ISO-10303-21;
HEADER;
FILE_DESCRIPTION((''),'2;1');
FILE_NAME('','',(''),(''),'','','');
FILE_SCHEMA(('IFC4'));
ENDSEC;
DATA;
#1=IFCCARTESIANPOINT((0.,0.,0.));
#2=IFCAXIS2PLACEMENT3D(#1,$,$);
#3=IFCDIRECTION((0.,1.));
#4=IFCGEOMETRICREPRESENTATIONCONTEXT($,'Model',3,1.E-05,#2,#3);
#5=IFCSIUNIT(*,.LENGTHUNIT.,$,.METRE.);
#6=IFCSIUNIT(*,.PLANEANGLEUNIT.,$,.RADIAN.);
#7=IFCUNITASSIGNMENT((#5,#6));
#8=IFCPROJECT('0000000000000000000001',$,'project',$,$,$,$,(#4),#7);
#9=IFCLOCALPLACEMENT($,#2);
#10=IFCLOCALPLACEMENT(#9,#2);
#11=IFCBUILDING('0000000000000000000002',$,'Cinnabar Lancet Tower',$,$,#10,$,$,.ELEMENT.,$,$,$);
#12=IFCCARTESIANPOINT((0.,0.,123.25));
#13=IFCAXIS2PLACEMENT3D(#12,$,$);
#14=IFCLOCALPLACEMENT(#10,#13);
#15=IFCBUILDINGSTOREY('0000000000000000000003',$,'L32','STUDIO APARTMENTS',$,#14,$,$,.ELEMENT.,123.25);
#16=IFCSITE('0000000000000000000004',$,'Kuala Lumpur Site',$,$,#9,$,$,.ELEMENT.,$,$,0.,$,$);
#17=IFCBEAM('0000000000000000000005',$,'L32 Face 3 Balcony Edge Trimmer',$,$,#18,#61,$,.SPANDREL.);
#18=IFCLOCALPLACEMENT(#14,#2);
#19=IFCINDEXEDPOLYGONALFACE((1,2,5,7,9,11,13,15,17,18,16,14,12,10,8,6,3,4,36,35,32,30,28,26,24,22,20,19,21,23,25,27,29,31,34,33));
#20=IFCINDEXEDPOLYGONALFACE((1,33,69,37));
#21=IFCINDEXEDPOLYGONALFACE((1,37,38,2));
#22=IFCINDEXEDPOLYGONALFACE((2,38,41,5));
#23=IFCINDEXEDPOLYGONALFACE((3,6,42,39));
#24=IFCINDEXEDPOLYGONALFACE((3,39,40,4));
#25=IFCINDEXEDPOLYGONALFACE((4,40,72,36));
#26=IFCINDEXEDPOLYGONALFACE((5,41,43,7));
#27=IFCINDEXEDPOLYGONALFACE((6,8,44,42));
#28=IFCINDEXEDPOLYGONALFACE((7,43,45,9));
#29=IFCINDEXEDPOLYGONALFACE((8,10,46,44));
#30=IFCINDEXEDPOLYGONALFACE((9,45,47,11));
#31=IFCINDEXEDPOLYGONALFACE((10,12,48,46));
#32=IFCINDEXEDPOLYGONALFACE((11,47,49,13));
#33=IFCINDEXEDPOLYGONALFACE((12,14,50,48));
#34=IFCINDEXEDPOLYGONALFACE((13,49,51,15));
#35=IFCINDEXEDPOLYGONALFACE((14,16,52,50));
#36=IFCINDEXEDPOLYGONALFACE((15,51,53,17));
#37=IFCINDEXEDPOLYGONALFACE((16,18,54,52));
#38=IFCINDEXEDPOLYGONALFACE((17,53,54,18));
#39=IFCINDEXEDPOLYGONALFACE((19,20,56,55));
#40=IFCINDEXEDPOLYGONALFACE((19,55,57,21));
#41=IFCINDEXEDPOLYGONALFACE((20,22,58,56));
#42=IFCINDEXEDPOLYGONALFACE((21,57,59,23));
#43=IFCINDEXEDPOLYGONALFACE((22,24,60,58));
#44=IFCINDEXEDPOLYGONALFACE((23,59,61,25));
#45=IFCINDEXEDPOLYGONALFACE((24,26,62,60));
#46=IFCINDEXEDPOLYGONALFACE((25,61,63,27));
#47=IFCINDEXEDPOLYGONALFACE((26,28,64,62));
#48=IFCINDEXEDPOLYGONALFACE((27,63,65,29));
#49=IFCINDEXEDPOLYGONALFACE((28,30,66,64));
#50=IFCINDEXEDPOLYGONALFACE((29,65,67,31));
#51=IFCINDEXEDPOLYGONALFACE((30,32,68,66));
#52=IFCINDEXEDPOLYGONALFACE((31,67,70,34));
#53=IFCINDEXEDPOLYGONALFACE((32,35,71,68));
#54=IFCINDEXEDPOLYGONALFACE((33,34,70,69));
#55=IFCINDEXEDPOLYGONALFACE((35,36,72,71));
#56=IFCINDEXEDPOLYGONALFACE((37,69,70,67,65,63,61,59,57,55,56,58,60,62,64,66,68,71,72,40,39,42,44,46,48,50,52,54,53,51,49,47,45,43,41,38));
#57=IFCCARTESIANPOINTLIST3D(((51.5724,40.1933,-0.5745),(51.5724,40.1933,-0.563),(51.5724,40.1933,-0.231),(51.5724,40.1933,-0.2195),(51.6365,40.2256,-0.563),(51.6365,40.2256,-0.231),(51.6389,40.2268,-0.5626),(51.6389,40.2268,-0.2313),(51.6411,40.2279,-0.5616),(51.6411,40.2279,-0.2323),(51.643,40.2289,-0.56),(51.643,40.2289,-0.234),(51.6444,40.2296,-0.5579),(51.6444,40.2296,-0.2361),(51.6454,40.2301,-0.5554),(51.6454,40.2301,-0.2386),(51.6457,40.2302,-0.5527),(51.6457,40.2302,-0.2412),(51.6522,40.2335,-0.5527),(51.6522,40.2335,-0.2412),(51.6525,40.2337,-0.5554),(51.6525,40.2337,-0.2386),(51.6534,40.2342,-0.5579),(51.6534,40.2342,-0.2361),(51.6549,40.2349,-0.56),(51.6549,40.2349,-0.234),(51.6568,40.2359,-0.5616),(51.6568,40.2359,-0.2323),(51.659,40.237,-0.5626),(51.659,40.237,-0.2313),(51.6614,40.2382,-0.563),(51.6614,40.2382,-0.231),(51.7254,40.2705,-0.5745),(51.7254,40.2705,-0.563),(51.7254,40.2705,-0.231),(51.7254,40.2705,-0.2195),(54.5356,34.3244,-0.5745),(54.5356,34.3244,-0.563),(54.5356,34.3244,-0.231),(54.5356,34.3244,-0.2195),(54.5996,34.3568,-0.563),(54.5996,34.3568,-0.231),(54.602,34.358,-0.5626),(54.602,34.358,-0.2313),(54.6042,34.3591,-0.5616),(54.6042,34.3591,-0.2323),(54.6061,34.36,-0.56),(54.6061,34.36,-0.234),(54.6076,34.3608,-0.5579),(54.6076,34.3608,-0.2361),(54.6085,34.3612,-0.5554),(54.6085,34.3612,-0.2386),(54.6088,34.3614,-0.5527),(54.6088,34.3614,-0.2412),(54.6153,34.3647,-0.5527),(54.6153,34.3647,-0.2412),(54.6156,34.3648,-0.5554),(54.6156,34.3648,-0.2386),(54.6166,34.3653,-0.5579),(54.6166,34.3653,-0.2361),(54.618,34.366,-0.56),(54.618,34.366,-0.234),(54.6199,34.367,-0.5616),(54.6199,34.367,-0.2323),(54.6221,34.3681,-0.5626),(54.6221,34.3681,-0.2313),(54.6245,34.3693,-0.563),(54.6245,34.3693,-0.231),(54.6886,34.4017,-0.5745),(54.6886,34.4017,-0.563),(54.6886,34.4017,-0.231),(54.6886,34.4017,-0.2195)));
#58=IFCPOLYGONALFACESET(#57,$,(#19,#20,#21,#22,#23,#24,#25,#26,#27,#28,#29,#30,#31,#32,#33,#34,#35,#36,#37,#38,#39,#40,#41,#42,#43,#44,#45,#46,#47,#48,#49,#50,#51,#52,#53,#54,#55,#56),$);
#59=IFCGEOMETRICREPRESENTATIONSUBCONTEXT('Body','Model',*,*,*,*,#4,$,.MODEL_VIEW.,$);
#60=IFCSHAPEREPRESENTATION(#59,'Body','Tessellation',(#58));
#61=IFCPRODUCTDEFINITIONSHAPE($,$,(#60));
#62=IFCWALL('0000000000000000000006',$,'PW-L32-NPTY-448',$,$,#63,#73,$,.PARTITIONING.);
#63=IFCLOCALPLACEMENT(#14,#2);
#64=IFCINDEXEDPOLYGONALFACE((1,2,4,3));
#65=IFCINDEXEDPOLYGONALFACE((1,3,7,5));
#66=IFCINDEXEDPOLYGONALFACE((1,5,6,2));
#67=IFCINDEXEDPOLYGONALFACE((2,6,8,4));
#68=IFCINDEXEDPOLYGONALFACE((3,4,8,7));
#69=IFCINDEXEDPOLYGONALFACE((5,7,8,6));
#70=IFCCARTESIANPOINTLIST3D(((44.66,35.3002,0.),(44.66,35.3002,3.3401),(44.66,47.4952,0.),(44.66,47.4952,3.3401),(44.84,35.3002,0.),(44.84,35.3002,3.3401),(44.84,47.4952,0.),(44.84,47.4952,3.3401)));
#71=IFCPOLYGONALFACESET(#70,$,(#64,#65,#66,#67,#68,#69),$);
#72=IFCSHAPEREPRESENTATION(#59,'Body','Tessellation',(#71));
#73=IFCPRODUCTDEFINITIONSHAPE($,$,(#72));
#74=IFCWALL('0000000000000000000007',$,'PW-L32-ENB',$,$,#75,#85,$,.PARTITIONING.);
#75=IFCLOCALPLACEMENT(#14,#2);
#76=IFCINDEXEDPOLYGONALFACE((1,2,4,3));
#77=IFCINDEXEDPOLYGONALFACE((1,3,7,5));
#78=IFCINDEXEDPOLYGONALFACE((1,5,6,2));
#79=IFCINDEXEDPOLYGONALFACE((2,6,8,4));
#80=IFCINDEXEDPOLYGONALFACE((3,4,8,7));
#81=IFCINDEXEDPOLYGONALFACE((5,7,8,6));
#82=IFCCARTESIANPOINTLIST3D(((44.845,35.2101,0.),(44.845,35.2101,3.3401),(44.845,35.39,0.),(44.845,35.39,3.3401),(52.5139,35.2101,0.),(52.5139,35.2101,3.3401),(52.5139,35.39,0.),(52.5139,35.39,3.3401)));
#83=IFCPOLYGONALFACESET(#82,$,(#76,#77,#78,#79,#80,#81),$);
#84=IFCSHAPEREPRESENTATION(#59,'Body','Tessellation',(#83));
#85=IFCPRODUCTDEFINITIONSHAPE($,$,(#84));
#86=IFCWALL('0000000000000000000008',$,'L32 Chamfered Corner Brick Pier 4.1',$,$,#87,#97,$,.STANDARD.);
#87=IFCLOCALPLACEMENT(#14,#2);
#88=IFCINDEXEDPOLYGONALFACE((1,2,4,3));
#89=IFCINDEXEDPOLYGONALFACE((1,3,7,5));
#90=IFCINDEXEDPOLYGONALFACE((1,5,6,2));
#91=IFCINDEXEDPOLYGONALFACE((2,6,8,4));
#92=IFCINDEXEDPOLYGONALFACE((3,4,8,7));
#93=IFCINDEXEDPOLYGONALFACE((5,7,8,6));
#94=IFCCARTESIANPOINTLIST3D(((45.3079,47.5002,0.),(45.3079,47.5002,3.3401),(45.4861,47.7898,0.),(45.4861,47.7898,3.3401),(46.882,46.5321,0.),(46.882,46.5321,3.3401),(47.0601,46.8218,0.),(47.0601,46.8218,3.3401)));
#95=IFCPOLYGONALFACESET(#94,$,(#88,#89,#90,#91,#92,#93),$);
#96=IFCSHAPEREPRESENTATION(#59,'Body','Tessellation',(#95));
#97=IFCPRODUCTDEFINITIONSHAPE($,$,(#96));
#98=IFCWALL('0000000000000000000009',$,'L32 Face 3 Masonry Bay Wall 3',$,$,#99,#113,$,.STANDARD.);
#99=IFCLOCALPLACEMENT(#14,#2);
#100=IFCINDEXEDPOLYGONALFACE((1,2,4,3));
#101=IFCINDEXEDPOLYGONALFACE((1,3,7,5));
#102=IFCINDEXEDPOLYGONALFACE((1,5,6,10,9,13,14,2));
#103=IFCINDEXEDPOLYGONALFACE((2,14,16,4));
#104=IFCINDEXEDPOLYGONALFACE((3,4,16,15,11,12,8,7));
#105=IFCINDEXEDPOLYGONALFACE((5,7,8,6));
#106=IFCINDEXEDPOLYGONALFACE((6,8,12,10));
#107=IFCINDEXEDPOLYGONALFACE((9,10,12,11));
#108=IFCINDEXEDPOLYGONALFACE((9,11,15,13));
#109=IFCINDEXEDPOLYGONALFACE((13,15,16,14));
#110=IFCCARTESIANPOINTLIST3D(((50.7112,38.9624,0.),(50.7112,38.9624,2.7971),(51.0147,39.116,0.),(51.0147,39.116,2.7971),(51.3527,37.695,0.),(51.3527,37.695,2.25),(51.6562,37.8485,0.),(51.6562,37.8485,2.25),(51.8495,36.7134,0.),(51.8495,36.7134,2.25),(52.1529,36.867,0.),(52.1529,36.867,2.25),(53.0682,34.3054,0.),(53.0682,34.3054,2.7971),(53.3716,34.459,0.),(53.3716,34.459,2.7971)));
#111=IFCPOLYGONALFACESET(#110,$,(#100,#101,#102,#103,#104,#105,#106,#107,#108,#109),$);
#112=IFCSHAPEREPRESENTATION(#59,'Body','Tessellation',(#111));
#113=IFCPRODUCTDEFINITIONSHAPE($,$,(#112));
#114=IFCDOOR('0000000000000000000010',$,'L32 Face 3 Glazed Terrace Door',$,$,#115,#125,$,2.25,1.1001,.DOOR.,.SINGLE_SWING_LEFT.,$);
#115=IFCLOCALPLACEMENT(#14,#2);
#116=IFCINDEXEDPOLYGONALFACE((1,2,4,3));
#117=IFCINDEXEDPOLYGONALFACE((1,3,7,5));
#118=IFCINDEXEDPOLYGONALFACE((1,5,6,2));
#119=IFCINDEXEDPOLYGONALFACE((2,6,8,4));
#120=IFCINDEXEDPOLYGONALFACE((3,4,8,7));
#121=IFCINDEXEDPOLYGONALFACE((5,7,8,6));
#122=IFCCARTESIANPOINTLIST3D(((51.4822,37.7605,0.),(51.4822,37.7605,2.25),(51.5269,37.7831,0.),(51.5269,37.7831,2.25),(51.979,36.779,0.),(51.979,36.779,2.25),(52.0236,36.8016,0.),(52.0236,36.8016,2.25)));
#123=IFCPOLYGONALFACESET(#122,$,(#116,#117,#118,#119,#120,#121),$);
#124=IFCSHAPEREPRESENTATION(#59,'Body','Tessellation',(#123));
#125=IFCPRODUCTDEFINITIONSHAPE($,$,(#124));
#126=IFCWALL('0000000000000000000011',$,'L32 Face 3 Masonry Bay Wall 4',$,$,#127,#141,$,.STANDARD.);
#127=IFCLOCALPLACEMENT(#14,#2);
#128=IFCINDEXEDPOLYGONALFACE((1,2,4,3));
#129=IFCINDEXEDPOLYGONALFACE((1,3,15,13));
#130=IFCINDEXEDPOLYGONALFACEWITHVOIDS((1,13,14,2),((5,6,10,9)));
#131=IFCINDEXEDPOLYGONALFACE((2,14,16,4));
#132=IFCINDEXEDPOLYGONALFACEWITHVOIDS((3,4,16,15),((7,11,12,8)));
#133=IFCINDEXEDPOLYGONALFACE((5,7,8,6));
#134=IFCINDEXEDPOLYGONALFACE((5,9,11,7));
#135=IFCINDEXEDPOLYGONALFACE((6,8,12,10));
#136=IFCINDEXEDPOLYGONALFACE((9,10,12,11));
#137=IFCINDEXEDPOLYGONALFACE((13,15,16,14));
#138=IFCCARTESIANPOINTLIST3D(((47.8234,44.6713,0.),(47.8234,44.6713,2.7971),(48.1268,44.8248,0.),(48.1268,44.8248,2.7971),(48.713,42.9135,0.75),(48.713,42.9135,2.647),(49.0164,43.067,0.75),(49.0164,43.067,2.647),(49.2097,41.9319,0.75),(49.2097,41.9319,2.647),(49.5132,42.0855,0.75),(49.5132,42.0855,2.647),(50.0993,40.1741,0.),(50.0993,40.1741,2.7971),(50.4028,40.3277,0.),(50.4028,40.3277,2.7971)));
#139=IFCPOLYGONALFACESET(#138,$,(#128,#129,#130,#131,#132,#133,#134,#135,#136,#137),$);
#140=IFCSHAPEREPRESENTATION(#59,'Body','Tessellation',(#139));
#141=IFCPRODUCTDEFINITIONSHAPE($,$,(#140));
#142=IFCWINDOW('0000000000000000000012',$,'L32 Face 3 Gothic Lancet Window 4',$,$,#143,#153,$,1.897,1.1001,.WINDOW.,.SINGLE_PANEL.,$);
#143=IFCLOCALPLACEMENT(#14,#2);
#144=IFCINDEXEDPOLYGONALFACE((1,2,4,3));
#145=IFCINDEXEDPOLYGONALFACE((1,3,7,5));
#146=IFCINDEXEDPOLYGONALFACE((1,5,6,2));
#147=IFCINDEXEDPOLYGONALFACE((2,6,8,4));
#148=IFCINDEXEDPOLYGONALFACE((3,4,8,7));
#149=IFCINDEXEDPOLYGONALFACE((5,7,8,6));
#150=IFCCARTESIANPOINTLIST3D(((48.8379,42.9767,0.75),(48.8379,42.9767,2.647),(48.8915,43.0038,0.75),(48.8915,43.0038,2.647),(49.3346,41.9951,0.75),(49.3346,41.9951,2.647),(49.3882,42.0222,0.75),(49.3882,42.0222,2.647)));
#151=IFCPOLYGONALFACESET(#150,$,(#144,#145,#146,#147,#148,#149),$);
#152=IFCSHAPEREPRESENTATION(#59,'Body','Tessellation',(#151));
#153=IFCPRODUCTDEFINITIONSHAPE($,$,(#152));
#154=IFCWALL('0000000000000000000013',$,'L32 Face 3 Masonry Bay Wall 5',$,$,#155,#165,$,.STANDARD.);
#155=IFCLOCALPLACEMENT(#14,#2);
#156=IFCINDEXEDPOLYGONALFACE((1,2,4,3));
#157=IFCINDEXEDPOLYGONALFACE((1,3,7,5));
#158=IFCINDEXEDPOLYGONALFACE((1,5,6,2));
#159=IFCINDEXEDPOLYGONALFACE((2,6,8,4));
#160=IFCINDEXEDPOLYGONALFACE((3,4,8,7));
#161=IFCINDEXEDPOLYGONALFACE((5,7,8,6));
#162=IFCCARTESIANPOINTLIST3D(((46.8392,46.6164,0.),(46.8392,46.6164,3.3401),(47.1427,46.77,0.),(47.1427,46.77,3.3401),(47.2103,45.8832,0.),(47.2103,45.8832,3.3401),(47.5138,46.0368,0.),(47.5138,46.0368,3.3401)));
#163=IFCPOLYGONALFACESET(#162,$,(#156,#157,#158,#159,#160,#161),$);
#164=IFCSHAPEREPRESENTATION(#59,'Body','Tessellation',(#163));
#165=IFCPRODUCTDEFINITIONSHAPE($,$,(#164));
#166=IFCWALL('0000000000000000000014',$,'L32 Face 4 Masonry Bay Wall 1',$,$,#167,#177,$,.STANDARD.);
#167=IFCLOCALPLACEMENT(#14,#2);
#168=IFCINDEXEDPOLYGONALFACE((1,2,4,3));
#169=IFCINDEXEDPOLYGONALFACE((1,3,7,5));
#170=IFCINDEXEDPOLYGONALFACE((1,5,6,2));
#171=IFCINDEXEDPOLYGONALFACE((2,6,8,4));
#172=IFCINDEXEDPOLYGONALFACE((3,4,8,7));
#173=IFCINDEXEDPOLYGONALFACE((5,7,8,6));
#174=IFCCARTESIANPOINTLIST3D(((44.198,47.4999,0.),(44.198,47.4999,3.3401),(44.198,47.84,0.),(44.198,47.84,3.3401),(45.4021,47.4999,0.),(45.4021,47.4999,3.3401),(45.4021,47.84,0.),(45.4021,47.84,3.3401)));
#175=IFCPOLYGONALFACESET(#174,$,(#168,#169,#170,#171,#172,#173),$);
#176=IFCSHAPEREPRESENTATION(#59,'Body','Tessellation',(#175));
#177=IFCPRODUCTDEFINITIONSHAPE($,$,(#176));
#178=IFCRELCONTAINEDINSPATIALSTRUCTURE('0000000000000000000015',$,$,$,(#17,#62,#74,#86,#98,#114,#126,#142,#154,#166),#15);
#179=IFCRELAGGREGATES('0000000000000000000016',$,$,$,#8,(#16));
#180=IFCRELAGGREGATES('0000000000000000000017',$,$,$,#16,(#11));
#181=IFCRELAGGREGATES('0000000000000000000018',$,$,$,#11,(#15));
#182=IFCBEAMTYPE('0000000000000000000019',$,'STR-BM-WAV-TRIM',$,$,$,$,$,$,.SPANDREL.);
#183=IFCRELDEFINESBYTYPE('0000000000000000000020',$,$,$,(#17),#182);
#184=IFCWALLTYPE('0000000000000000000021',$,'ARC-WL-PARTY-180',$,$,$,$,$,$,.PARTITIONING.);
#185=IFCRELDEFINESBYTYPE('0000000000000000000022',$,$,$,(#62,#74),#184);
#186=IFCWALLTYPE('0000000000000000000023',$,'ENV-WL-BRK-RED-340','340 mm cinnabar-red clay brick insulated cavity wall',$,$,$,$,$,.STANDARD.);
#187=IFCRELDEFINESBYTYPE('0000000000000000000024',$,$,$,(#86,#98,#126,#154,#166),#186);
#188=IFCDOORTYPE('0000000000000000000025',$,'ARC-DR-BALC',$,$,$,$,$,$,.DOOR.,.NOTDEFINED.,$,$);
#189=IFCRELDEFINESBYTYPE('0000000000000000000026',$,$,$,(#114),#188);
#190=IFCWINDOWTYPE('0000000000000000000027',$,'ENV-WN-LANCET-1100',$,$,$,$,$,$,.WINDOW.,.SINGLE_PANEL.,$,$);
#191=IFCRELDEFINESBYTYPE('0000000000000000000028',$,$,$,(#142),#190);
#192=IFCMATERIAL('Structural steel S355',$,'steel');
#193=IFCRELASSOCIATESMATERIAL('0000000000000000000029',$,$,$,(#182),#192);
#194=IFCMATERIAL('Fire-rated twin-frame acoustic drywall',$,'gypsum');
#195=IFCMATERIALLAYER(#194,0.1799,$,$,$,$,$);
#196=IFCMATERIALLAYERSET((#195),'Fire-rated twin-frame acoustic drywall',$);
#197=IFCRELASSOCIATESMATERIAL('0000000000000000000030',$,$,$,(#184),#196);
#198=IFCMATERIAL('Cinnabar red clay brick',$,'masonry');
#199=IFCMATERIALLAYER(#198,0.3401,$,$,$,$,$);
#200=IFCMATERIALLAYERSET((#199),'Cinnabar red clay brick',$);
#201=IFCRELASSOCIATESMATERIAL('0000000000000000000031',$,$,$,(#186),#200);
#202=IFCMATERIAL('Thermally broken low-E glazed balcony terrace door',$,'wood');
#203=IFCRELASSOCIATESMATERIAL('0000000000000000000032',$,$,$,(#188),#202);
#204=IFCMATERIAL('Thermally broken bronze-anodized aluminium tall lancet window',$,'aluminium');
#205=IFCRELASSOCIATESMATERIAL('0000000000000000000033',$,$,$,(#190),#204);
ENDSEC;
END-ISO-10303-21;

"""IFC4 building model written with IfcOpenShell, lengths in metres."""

from ifc_helpers import new_model, si_unit, direction, frame, frame_2d, origin, origin_2d, place, context, subcontext, project, spatial, rectangle, i_section, extrude, material, layer, layer_set, material_profile, profile_set, type_object, element, fill, save


model = new_model("IFC4")

# Units and contexts
model_context = context("Model", 3, precision=1e-05, world=origin(), true_north=direction((0.0, 1.0)))
body_context = subcontext(model_context, "Body", "Model", "MODEL_VIEW")
ifc_project = project(units=[si_unit("LENGTHUNIT", "METRE"), si_unit("PLANEANGLEUNIT", "RADIAN")], contexts=[model_context])

# Site, building, storey
site_placement = place(None, origin())
site = spatial("IfcSite", under=ifc_project, at=site_placement, Name="Kuala Lumpur Site", CompositionType="ELEMENT", RefElevation=0.0)
building_placement = place(site_placement, origin())
building = spatial("IfcBuilding", under=site, at=building_placement, Name="Cinnabar Lancet Tower", CompositionType="ELEMENT")
storey_placement = place(building_placement, frame((0.0, 0.0, 123.25)))
storey = spatial("IfcBuildingStorey", under=building, at=storey_placement, Name="L32", Description="STUDIO APARTMENTS", CompositionType="ELEMENT", Elevation=123.25)

# Beam
ifc_material_1 = material(Name="Structural steel S355", Category="steel")
ifc_material_profile_1 = material_profile(ifc_material_1, i_section(OverallWidth=0.1714, OverallDepth=0.355, WebThickness=0.0073, FlangeThickness=0.0115, FilletRadius=0.0103, at=origin_2d()), Name="UKB 356x171x51")
ifc_profile_set_1 = profile_set([ifc_material_profile_1], Name="Structural steel S355")
beam_type_1 = type_object("IfcBeamType", Name="STR-BM-WAV-TRIM", PredefinedType="SPANDREL", material=ifc_profile_set_1)
beam_1_placement = place(storey_placement, frame((54.6121, 34.363, -0.397), z_axis=(-0.450701, 0.892675, 0.0), x_axis=(-0.892675, -0.450701, 0.0)))
element("IfcBeam", 1, at=beam_1_placement, inside=storey, type_object=beam_type_1, Name="L32 Face 3 Balcony Edge Trimmer", PredefinedType="SPANDREL", context=body_context, shape_type="SweptSolid", body=[
    extrude(i_section(OverallWidth=0.1714, OverallDepth=0.355, WebThickness=0.0073, FlangeThickness=0.0115, FilletRadius=0.0103, at=origin_2d()), origin(), (0.0, 0.0, 1.0), 6.5745),
])

# Walls
ifc_material_2 = material(Name="Fire-rated twin-frame acoustic drywall", Category="gypsum")
ifc_layer_1 = layer(ifc_material_2, 0.1799)
ifc_layer_set_1 = layer_set([ifc_layer_1], Name="Fire-rated twin-frame acoustic drywall")
wall_type_1 = type_object("IfcWallType", Name="ARC-WL-PARTY-180", PredefinedType="PARTITIONING", material=ifc_layer_set_1)
wall_1_placement = place(storey_placement, frame((44.75, 35.3, 0.0), z_axis=(0.0, 0.0, 1.0), x_axis=(0.0, 1.0, 0.0)))
element("IfcWall", 2, at=wall_1_placement, inside=storey, type_object=wall_type_1, Name="PW-L32-NPTY-448", PredefinedType="PARTITIONING", context=body_context, shape_type="SweptSolid", body=[
    extrude(rectangle(XDim=12.1951, YDim=0.1799, at=frame_2d((6.0977, 0.0))), origin(), (0.0, 0.0, 1.0), 3.3401),
])
wall_2_placement = place(storey_placement, frame((44.845, 35.3, 0.0), z_axis=(0.0, 0.0, 1.0), x_axis=(1.0, 0.0, 0.0)))
element("IfcWall", 3, at=wall_2_placement, inside=storey, type_object=wall_type_1, Name="PW-L32-ENB", PredefinedType="PARTITIONING", context=body_context, shape_type="SweptSolid", body=[
    extrude(rectangle(XDim=7.6689, YDim=0.1799, at=frame_2d((3.8345, 0.0))), origin(), (0.0, 0.0, 1.0), 3.3401),
])
ifc_material_3 = material(Name="Cinnabar red clay brick", Category="masonry")
ifc_layer_2 = layer(ifc_material_3, 0.3401)
ifc_layer_set_2 = layer_set([ifc_layer_2], Name="Cinnabar red clay brick")
wall_type_2 = type_object("IfcWallType", Name="ENV-WL-BRK-RED-340", Description="340 mm cinnabar-red clay brick insulated cavity wall", PredefinedType="STANDARD", material=ifc_layer_set_2)
wall_3_placement = place(storey_placement, frame((46.9709, 46.677, 0.0), z_axis=(0.0, 0.0, 1.0), x_axis=(-0.851799, 0.523869, 0.0)))
element("IfcWall", 4, at=wall_3_placement, inside=storey, type_object=wall_type_2, Name="L32 Chamfered Corner Brick Pier 4.1", PredefinedType="STANDARD", context=body_context, shape_type="SweptSolid", body=[
    extrude(rectangle(XDim=1.8479, YDim=0.3401, at=frame_2d((0.9238, 0.0))), origin(), (0.0, 0.0, 1.0), 3.3401),
])

# Wall, opening, door
wall_4_placement = place(storey_placement, frame((53.22, 34.3821, 0.0), z_axis=(0.0, 0.0, 1.0), x_axis=(-0.451568, 0.892237, 0.0)))
wall_4 = element("IfcWall", 5, at=wall_4_placement, inside=storey, type_object=wall_type_2, Name="L32 Face 3 Masonry Bay Wall 3", PredefinedType="STANDARD", context=body_context, shape_type="SweptSolid", body=[
    extrude(rectangle(XDim=5.2195, YDim=0.3401, at=frame_2d((2.6099, 0.0))), origin(), (0.0, 0.0, 1.0), 2.7971),
])
opening_1_placement = place(wall_4_placement, frame((2.699, 0.0, 0.0)))
opening_1 = element("IfcOpeningElement", 6, at=opening_1_placement, cuts=wall_4, PredefinedType="OPENING", context=body_context, shape_type="SweptSolid", body=[
    extrude(rectangle(XDim=1.1001, YDim=2.25, at=frame_2d((0.55, 1.125))), frame((0.0, 0.1799, 0.0), z_axis=(0.0, -1.0, 0.0), x_axis=(1.0, 0.0, 0.0)), (0.0, 0.0, 1.0), 0.3601),
])
ifc_material_4 = material(Name="Thermally broken low-E glazed balcony terrace door", Category="wood")
door_type = type_object("IfcDoorType", Name="ARC-DR-BALC", OperationType="NOTDEFINED", PredefinedType="DOOR", material=ifc_material_4)
door_placement = place(opening_1_placement, origin())
door = element("IfcDoor", 7, at=door_placement, inside=storey, type_object=door_type, Name="L32 Face 3 Glazed Terrace Door", OperationType="SINGLE_SWING_LEFT", OverallHeight=2.25, OverallWidth=1.1001, PredefinedType="DOOR", context=body_context, shape_type="SweptSolid", body=[
    extrude(rectangle(XDim=1.1001, YDim=2.25, at=frame_2d((0.55, 1.125))), frame((0.0, 0.0249, 0.0), z_axis=(0.0, -1.0, 0.0), x_axis=(1.0, 0.0, 0.0)), (0.0, 0.0, 1.0), 0.05),
])
fill(opening_1, door)

# Wall, opening, window
wall_5_placement = place(storey_placement, frame((50.251, 40.251, 0.0), z_axis=(0.0, 0.0, 1.0), x_axis=(-0.451548, 0.892247, 0.0)))
wall_5 = element("IfcWall", 8, at=wall_5_placement, inside=storey, type_object=wall_type_2, Name="L32 Face 3 Masonry Bay Wall 4", PredefinedType="STANDARD", context=body_context, shape_type="SweptSolid", body=[
    extrude(rectangle(XDim=5.0403, YDim=0.3401, at=frame_2d((2.52, 0.0))), origin(), (0.0, 0.0, 1.0), 2.7971),
])
opening_2_placement = place(wall_5_placement, frame((1.97, 0.0, 0.75)))
opening_2 = element("IfcOpeningElement", 9, at=opening_2_placement, cuts=wall_5, PredefinedType="OPENING", context=body_context, shape_type="SweptSolid", body=[
    extrude(rectangle(XDim=1.1001, YDim=1.897, at=frame_2d((0.55, 0.9485))), frame((0.0, 0.1799, 0.0), z_axis=(0.0, -1.0, 0.0), x_axis=(1.0, 0.0, 0.0)), (0.0, 0.0, 1.0), 0.3601),
])
ifc_material_5 = material(Name="Thermally broken bronze-anodized aluminium tall lancet window", Category="aluminium")
window_type = type_object("IfcWindowType", Name="ENV-WN-LANCET-1100", PartitioningType="SINGLE_PANEL", PredefinedType="WINDOW", material=ifc_material_5)
window_placement = place(opening_2_placement, origin())
window = element("IfcWindow", 10, at=window_placement, inside=storey, type_object=window_type, Name="L32 Face 3 Gothic Lancet Window 4", OverallHeight=1.897, OverallWidth=1.1001, PartitioningType="SINGLE_PANEL", PredefinedType="WINDOW", context=body_context, shape_type="SweptSolid", body=[
    extrude(rectangle(XDim=1.1001, YDim=1.897, at=frame_2d((0.55, 0.9485))), frame((0.0, 0.03, 0.0), z_axis=(0.0, -1.0, 0.0), x_axis=(1.0, 0.0, 0.0)), (0.0, 0.0, 1.0), 0.0601),
])
fill(opening_2, window)

# Walls
wall_6_placement = place(storey_placement, frame((47.3621, 45.96, 0.0), z_axis=(0.0, 0.0, 1.0), x_axis=(-0.451605, 0.892218, 0.0)))
element("IfcWall", 11, at=wall_6_placement, inside=storey, type_object=wall_type_2, Name="L32 Face 3 Masonry Bay Wall 5", PredefinedType="STANDARD", context=body_context, shape_type="SweptSolid", body=[
    extrude(rectangle(XDim=0.8218, YDim=0.3401, at=frame_2d((0.4109, 0.0))), origin(), (0.0, 0.0, 1.0), 3.3401),
])
wall_7_placement = place(storey_placement, frame((45.4021, 47.6699, 0.0), z_axis=(0.0, 0.0, 1.0), x_axis=(-1.0, 0.0, 0.0)))
element("IfcWall", 12, at=wall_7_placement, inside=storey, type_object=wall_type_2, Name="L32 Face 4 Masonry Bay Wall 1", PredefinedType="STANDARD", context=body_context, shape_type="SweptSolid", body=[
    extrude(rectangle(XDim=1.2041, YDim=0.3401, at=frame_2d((0.6021, 0.0))), origin(), (0.0, 0.0, 1.0), 3.3401),
])

save(model, "model.ifc")
